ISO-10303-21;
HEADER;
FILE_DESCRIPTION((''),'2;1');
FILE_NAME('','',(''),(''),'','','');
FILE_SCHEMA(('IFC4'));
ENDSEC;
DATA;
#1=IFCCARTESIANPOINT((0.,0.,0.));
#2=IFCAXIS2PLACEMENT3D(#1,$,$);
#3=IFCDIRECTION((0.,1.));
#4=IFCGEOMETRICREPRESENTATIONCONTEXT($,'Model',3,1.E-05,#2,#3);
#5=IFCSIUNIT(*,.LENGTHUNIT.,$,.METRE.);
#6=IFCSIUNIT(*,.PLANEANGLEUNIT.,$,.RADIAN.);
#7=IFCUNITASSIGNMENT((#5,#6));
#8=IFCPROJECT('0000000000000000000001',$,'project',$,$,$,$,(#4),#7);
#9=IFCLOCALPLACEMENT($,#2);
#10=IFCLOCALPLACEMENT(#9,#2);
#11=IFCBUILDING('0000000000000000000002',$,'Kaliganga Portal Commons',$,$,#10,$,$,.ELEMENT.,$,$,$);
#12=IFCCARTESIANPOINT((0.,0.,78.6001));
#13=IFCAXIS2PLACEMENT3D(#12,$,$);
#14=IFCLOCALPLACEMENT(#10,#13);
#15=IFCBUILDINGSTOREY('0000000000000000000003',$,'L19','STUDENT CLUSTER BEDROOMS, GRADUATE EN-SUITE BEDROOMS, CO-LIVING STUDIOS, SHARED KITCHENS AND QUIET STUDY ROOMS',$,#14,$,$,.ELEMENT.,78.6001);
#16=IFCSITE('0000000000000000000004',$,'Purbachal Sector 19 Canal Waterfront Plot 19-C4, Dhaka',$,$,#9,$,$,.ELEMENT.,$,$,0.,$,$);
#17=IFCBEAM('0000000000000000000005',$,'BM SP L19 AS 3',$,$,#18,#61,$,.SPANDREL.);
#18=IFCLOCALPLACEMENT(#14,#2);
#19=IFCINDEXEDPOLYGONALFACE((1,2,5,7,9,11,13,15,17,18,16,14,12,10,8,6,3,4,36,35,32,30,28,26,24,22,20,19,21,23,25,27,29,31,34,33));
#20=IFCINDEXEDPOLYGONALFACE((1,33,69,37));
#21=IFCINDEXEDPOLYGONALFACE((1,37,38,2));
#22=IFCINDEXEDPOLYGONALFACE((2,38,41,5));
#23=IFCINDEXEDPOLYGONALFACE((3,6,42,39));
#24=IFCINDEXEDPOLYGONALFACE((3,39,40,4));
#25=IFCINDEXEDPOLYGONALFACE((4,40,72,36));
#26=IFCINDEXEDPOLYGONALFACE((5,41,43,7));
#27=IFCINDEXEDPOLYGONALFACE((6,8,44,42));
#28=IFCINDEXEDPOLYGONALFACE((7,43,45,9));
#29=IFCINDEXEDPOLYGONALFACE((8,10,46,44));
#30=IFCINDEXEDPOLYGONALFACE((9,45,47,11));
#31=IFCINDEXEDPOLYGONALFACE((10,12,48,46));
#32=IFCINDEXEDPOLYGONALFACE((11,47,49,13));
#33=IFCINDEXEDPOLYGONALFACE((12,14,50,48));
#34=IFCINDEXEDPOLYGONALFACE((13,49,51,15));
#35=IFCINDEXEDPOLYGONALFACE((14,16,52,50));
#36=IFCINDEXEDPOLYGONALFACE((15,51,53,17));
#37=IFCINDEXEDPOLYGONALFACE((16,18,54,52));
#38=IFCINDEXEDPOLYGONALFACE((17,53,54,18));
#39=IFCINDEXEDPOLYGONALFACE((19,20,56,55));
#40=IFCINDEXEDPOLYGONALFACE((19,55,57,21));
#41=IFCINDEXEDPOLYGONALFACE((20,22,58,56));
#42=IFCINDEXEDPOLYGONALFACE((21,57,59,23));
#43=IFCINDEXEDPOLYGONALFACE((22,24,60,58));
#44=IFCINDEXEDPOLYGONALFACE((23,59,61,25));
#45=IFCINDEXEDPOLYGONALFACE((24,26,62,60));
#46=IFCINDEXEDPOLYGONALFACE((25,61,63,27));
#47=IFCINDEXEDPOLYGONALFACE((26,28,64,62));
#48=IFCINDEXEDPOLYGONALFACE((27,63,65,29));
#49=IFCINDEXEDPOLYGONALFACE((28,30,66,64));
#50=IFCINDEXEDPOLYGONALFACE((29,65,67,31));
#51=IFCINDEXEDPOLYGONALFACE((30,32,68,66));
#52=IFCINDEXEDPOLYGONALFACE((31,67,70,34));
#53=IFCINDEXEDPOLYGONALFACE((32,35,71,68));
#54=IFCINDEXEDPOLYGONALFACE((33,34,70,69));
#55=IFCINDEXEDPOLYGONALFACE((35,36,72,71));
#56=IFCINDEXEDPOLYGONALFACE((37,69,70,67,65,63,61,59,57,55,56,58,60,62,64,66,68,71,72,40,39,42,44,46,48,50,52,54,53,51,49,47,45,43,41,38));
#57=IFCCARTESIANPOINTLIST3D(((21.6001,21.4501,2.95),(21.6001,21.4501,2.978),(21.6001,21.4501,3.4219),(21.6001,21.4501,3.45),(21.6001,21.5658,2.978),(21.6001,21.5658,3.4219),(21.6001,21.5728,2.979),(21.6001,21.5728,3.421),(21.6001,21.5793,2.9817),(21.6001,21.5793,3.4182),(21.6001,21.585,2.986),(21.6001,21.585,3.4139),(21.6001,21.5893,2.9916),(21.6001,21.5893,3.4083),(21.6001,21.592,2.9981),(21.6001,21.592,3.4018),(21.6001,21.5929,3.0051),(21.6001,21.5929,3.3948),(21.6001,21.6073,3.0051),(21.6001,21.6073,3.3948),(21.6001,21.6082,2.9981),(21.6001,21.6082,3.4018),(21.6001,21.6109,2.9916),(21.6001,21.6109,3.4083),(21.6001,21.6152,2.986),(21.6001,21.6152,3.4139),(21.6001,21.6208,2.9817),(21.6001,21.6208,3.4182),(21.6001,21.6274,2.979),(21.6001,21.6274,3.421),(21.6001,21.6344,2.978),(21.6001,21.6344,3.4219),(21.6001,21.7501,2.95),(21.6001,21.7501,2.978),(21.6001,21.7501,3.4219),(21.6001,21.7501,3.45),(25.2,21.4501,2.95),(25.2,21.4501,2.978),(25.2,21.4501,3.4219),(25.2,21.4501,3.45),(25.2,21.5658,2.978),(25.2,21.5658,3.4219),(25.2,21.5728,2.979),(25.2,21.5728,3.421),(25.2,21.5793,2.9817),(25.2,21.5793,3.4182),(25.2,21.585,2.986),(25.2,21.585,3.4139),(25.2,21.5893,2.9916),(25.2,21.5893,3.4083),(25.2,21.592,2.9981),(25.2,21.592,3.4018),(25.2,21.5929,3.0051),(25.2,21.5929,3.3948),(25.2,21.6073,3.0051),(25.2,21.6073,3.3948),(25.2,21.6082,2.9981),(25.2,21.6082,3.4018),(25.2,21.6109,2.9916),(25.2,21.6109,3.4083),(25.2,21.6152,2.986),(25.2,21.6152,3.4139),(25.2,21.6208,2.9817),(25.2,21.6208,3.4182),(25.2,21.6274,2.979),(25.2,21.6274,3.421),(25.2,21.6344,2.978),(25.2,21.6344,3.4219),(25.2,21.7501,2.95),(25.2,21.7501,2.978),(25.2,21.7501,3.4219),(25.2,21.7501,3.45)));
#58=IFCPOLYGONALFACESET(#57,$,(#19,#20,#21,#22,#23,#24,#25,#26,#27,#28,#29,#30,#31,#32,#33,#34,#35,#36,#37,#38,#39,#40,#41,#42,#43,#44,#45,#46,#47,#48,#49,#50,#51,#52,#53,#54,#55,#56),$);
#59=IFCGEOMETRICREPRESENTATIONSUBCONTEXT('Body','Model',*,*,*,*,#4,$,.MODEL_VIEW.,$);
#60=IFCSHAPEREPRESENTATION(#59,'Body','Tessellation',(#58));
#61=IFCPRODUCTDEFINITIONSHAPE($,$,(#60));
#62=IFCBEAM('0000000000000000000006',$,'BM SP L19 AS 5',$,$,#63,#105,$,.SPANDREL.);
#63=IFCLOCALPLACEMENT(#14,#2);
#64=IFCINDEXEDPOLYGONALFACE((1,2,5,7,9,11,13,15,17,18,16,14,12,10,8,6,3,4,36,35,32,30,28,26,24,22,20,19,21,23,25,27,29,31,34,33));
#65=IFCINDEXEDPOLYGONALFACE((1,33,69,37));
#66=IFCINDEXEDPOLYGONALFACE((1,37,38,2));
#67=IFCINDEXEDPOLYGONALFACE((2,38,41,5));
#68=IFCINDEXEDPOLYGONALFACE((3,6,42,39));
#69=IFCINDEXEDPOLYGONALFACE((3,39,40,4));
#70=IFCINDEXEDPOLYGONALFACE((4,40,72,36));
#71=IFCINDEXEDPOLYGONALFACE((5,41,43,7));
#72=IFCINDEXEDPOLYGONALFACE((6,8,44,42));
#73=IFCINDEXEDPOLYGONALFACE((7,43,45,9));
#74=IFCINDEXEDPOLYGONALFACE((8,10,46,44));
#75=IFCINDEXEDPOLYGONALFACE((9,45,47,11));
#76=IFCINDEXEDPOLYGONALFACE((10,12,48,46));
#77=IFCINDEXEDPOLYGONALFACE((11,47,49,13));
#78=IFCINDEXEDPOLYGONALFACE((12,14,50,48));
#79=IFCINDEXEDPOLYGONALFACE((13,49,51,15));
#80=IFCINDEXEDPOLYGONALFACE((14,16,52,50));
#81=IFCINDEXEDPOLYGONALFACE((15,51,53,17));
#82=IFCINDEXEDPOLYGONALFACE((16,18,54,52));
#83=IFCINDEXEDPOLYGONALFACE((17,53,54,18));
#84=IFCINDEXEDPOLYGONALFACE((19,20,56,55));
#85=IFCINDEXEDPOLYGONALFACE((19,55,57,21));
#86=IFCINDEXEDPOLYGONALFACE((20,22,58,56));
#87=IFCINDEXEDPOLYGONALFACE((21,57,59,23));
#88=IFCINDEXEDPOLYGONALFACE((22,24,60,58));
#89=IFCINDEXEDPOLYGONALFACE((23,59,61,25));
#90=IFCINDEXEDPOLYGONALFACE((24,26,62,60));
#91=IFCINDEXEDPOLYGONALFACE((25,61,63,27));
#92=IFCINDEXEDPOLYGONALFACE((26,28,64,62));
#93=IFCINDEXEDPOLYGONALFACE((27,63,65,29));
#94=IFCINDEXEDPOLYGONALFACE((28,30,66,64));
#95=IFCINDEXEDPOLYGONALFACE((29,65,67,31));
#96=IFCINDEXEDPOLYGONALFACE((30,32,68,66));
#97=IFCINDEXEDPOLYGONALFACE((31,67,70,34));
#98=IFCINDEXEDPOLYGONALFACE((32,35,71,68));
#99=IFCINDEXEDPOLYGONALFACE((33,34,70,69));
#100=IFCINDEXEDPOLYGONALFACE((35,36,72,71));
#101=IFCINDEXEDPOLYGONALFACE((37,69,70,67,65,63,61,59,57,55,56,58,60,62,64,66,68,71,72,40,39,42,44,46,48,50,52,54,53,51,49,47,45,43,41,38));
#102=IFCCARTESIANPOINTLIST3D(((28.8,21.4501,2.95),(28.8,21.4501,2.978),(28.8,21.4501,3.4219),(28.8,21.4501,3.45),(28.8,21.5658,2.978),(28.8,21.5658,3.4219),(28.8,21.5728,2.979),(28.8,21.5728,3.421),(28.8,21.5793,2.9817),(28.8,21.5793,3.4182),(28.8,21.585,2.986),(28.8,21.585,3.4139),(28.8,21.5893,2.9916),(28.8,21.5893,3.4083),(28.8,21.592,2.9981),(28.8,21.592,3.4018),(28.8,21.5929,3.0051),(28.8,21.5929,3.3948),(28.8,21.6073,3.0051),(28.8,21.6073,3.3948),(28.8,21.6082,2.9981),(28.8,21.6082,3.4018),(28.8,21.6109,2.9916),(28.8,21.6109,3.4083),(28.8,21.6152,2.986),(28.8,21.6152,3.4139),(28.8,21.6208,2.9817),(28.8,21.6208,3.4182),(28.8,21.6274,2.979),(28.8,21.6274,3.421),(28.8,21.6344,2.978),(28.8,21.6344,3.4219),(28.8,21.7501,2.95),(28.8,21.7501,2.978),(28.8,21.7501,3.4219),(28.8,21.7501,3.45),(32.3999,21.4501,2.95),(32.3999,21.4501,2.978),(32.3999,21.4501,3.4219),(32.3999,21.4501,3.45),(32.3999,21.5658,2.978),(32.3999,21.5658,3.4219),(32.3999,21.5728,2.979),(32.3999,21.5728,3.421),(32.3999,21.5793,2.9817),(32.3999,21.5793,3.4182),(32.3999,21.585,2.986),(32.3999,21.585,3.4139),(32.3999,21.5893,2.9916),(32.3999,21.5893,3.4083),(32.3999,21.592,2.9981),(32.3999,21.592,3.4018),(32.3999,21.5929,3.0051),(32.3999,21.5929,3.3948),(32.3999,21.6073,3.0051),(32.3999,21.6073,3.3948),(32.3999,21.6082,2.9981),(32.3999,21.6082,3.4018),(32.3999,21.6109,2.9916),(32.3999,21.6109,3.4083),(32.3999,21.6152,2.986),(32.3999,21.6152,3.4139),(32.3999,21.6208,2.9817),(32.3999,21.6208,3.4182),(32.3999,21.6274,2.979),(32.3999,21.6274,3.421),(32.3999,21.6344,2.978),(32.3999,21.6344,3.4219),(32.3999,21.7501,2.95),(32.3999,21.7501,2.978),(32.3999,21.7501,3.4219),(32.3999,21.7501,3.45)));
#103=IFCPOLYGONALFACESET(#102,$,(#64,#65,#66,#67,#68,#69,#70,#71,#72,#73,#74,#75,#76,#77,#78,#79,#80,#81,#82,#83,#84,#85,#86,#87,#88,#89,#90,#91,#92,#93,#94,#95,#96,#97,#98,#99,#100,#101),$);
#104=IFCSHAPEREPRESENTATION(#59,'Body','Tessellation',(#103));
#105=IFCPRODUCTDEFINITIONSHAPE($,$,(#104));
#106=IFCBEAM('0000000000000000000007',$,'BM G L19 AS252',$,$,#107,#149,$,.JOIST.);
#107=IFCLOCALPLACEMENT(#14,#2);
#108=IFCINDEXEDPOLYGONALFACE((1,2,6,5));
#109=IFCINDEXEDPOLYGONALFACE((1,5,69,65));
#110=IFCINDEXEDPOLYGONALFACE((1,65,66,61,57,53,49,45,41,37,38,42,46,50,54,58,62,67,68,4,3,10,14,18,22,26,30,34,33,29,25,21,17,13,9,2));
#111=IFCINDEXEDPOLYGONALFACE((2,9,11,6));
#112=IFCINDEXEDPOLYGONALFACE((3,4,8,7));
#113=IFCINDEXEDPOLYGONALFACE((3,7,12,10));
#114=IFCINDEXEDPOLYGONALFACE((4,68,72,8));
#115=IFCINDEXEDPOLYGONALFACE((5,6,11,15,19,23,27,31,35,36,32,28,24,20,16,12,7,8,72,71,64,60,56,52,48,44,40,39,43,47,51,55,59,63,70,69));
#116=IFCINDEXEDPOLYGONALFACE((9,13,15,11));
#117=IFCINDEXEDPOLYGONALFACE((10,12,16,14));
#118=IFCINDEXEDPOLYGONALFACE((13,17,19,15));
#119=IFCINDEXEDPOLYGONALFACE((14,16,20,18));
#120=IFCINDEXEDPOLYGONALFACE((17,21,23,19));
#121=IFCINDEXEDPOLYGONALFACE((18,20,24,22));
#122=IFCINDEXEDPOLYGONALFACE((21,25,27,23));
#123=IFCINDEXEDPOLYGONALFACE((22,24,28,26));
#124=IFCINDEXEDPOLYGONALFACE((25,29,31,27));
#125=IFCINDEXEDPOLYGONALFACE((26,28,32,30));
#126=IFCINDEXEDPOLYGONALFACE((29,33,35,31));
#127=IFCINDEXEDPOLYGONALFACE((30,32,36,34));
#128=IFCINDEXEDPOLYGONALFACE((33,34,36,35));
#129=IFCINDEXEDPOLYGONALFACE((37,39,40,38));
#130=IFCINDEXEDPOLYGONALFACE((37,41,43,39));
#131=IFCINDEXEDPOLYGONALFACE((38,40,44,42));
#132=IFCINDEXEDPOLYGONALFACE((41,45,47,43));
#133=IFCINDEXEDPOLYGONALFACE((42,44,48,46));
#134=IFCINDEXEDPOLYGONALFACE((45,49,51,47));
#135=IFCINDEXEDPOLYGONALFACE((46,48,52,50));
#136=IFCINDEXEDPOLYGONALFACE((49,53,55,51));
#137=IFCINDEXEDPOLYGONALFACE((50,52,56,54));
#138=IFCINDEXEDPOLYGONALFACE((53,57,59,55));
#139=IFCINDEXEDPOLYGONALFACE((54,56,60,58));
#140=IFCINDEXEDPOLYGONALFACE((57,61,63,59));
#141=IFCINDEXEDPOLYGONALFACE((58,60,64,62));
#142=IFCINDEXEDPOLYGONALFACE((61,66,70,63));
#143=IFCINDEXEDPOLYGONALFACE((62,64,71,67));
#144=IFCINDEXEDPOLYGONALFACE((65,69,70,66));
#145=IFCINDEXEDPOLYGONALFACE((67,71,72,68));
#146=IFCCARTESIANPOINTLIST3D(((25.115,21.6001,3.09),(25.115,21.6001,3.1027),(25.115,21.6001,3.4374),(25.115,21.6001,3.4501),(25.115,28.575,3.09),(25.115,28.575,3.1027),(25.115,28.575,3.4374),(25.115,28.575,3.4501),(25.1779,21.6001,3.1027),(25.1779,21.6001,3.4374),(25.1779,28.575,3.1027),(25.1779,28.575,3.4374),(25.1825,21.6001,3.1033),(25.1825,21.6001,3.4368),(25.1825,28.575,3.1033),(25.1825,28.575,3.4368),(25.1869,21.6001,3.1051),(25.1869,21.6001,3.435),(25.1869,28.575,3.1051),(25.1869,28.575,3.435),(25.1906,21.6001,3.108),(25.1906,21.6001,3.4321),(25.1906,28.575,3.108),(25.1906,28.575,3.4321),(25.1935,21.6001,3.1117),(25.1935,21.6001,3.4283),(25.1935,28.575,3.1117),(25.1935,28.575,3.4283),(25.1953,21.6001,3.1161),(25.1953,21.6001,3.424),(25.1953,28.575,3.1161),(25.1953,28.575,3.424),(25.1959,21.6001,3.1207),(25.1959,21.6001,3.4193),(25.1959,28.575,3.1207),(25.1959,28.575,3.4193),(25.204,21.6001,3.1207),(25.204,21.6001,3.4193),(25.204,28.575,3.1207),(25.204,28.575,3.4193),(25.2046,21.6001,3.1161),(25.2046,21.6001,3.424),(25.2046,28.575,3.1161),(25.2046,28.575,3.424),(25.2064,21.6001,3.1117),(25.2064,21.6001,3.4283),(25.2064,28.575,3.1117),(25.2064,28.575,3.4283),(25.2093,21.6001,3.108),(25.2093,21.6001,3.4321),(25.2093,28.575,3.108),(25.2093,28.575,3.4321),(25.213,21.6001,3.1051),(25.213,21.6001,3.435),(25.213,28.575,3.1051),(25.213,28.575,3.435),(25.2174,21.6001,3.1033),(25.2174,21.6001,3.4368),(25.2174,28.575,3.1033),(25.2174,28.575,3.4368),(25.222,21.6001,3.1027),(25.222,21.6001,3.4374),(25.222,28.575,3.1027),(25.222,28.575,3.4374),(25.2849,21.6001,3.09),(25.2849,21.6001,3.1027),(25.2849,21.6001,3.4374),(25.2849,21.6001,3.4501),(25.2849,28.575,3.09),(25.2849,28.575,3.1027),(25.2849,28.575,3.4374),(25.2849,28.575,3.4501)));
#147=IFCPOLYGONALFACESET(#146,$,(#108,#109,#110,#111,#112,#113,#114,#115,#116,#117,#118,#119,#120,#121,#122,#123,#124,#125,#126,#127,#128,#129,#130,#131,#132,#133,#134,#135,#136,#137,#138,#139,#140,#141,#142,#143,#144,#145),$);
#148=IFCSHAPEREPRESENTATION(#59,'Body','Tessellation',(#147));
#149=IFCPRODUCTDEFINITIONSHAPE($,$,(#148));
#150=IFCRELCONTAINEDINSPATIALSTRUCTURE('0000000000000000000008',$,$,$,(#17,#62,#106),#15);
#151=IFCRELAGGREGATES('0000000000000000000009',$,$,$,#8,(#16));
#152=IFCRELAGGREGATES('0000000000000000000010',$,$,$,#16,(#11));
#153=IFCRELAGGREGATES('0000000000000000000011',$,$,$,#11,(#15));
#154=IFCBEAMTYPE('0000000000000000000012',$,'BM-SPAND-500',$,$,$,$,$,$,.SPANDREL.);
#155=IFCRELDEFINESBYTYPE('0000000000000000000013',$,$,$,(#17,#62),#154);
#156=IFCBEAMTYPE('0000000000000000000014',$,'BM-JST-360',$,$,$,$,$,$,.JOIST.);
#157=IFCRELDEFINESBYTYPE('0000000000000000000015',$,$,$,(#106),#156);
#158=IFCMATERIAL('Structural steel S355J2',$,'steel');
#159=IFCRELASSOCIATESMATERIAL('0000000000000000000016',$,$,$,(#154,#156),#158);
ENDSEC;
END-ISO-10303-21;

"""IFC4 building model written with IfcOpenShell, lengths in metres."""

from ifc_helpers import new_model, si_unit, direction, frame, origin, origin_2d, place, context, subcontext, project, spatial, i_section, extrude, source, transform, mapped, material, material_profile, profile_set, type_object, element, save


model = new_model("IFC4")

# Units and contexts
model_context = context("Model", 3, precision=1e-05, world=origin(), true_north=direction((0.0, 1.0)))
body_context = subcontext(model_context, "Body", "Model", "MODEL_VIEW")
ifc_project = project(units=[si_unit("LENGTHUNIT", "METRE"), si_unit("PLANEANGLEUNIT", "RADIAN")], contexts=[model_context])

# Site, building, storey
site_placement = place(None, origin())
site = spatial("IfcSite", under=ifc_project, at=site_placement, Name="Purbachal Sector 19 Canal Waterfront Plot 19-C4, Dhaka", CompositionType="ELEMENT", RefElevation=0.0)
building_placement = place(site_placement, origin())
building = spatial("IfcBuilding", under=site, at=building_placement, Name="Kaliganga Portal Commons", CompositionType="ELEMENT")
storey_placement = place(building_placement, frame((0.0, 0.0, 78.6001)))
storey = spatial("IfcBuildingStorey", under=building, at=storey_placement, Name="L19", Description="STUDENT CLUSTER BEDROOMS, GRADUATE EN-SUITE BEDROOMS, CO-LIVING STUDIOS, SHARED KITCHENS AND QUIET STUDY ROOMS", CompositionType="ELEMENT", Elevation=78.6001)

# Beams
ifc_material_1 = material(Name="Structural steel S355J2", Category="steel")
ifc_material_profile_1 = material_profile(ifc_material_1, i_section(OverallWidth=0.3, OverallDepth=0.5, WebThickness=0.0144, FlangeThickness=0.0281, FilletRadius=0.0271, at=origin_2d()), Name="HE 500 B")
ifc_profile_set_1 = profile_set([ifc_material_profile_1], Name="Structural steel S355J2 wide-flange")
beam_type_1 = type_object("IfcBeamType", Name="BM-SPAND-500", PredefinedType="SPANDREL", material=ifc_profile_set_1)
shared_shape_1 = source(origin(), body_context, "Body", "SweptSolid", [
    extrude(i_section(OverallWidth=0.3, OverallDepth=0.5, WebThickness=0.0144, FlangeThickness=0.0281, FilletRadius=0.0271, at=origin_2d()), origin(), (0.0, 0.0, 1.0), 3.5999),
])
for number, where, z_axis, x_axis, name in (
    (1, (21.6001, 21.6001, 3.2), (1.0, 0.0, 0.0), (0.0, 1.0, 0.0), "BM SP L19 AS 3"),
    (2, (28.8, 21.6001, 3.2), (1.0, 0.0, 0.0), (0.0, 1.0, 0.0), "BM SP L19 AS 5"),
):
    element("IfcBeam", number, at=place(storey_placement, frame(where, z_axis=z_axis, x_axis=x_axis)), inside=storey, type_object=beam_type_1, Name=name, PredefinedType="SPANDREL", context=body_context, shape_type="MappedRepresentation", body=[
        mapped(shared_shape_1, transform((0.0, 0.0, 0.0), x_axis=(1.0, 0.0, 0.0), y_axis=(0.0, 1.0, 0.0), z_axis=(0.0, 0.0, 1.0), scale=1.0)),
    ])
ifc_material_profile_2 = material_profile(ifc_material_1, i_section(OverallWidth=0.1699, OverallDepth=0.3601, WebThickness=0.0081, FlangeThickness=0.0127, FilletRadius=0.0181, at=origin_2d()), Name="IPE 360")
ifc_profile_set_2 = profile_set([ifc_material_profile_2], Name="Structural steel S355J2 wide-flange")
beam_type_2 = type_object("IfcBeamType", Name="BM-JST-360", PredefinedType="JOIST", material=ifc_profile_set_2)
shared_shape_2 = source(origin(), body_context, "Body", "SweptSolid", [
    extrude(i_section(OverallWidth=0.1699, OverallDepth=0.3601, WebThickness=0.0081, FlangeThickness=0.0127, FilletRadius=0.0181, at=origin_2d()), origin(), (0.0, 0.0, 1.0), 6.9749),
])
beam_1_placement = place(storey_placement, frame((25.2, 21.6001, 3.27), z_axis=(0.0, 1.0, 0.0), x_axis=(-1.0, 0.0, 0.0)))
element("IfcBeam", 3, at=beam_1_placement, inside=storey, type_object=beam_type_2, Name="BM G L19 AS252", PredefinedType="JOIST", context=body_context, shape_type="MappedRepresentation", body=[
    mapped(shared_shape_2, transform((0.0, 0.0, 0.0), x_axis=(1.0, 0.0, 0.0), y_axis=(0.0, 1.0, 0.0), z_axis=(0.0, 0.0, 1.0), scale=1.0)),
])

save(model, "model.ifc")
